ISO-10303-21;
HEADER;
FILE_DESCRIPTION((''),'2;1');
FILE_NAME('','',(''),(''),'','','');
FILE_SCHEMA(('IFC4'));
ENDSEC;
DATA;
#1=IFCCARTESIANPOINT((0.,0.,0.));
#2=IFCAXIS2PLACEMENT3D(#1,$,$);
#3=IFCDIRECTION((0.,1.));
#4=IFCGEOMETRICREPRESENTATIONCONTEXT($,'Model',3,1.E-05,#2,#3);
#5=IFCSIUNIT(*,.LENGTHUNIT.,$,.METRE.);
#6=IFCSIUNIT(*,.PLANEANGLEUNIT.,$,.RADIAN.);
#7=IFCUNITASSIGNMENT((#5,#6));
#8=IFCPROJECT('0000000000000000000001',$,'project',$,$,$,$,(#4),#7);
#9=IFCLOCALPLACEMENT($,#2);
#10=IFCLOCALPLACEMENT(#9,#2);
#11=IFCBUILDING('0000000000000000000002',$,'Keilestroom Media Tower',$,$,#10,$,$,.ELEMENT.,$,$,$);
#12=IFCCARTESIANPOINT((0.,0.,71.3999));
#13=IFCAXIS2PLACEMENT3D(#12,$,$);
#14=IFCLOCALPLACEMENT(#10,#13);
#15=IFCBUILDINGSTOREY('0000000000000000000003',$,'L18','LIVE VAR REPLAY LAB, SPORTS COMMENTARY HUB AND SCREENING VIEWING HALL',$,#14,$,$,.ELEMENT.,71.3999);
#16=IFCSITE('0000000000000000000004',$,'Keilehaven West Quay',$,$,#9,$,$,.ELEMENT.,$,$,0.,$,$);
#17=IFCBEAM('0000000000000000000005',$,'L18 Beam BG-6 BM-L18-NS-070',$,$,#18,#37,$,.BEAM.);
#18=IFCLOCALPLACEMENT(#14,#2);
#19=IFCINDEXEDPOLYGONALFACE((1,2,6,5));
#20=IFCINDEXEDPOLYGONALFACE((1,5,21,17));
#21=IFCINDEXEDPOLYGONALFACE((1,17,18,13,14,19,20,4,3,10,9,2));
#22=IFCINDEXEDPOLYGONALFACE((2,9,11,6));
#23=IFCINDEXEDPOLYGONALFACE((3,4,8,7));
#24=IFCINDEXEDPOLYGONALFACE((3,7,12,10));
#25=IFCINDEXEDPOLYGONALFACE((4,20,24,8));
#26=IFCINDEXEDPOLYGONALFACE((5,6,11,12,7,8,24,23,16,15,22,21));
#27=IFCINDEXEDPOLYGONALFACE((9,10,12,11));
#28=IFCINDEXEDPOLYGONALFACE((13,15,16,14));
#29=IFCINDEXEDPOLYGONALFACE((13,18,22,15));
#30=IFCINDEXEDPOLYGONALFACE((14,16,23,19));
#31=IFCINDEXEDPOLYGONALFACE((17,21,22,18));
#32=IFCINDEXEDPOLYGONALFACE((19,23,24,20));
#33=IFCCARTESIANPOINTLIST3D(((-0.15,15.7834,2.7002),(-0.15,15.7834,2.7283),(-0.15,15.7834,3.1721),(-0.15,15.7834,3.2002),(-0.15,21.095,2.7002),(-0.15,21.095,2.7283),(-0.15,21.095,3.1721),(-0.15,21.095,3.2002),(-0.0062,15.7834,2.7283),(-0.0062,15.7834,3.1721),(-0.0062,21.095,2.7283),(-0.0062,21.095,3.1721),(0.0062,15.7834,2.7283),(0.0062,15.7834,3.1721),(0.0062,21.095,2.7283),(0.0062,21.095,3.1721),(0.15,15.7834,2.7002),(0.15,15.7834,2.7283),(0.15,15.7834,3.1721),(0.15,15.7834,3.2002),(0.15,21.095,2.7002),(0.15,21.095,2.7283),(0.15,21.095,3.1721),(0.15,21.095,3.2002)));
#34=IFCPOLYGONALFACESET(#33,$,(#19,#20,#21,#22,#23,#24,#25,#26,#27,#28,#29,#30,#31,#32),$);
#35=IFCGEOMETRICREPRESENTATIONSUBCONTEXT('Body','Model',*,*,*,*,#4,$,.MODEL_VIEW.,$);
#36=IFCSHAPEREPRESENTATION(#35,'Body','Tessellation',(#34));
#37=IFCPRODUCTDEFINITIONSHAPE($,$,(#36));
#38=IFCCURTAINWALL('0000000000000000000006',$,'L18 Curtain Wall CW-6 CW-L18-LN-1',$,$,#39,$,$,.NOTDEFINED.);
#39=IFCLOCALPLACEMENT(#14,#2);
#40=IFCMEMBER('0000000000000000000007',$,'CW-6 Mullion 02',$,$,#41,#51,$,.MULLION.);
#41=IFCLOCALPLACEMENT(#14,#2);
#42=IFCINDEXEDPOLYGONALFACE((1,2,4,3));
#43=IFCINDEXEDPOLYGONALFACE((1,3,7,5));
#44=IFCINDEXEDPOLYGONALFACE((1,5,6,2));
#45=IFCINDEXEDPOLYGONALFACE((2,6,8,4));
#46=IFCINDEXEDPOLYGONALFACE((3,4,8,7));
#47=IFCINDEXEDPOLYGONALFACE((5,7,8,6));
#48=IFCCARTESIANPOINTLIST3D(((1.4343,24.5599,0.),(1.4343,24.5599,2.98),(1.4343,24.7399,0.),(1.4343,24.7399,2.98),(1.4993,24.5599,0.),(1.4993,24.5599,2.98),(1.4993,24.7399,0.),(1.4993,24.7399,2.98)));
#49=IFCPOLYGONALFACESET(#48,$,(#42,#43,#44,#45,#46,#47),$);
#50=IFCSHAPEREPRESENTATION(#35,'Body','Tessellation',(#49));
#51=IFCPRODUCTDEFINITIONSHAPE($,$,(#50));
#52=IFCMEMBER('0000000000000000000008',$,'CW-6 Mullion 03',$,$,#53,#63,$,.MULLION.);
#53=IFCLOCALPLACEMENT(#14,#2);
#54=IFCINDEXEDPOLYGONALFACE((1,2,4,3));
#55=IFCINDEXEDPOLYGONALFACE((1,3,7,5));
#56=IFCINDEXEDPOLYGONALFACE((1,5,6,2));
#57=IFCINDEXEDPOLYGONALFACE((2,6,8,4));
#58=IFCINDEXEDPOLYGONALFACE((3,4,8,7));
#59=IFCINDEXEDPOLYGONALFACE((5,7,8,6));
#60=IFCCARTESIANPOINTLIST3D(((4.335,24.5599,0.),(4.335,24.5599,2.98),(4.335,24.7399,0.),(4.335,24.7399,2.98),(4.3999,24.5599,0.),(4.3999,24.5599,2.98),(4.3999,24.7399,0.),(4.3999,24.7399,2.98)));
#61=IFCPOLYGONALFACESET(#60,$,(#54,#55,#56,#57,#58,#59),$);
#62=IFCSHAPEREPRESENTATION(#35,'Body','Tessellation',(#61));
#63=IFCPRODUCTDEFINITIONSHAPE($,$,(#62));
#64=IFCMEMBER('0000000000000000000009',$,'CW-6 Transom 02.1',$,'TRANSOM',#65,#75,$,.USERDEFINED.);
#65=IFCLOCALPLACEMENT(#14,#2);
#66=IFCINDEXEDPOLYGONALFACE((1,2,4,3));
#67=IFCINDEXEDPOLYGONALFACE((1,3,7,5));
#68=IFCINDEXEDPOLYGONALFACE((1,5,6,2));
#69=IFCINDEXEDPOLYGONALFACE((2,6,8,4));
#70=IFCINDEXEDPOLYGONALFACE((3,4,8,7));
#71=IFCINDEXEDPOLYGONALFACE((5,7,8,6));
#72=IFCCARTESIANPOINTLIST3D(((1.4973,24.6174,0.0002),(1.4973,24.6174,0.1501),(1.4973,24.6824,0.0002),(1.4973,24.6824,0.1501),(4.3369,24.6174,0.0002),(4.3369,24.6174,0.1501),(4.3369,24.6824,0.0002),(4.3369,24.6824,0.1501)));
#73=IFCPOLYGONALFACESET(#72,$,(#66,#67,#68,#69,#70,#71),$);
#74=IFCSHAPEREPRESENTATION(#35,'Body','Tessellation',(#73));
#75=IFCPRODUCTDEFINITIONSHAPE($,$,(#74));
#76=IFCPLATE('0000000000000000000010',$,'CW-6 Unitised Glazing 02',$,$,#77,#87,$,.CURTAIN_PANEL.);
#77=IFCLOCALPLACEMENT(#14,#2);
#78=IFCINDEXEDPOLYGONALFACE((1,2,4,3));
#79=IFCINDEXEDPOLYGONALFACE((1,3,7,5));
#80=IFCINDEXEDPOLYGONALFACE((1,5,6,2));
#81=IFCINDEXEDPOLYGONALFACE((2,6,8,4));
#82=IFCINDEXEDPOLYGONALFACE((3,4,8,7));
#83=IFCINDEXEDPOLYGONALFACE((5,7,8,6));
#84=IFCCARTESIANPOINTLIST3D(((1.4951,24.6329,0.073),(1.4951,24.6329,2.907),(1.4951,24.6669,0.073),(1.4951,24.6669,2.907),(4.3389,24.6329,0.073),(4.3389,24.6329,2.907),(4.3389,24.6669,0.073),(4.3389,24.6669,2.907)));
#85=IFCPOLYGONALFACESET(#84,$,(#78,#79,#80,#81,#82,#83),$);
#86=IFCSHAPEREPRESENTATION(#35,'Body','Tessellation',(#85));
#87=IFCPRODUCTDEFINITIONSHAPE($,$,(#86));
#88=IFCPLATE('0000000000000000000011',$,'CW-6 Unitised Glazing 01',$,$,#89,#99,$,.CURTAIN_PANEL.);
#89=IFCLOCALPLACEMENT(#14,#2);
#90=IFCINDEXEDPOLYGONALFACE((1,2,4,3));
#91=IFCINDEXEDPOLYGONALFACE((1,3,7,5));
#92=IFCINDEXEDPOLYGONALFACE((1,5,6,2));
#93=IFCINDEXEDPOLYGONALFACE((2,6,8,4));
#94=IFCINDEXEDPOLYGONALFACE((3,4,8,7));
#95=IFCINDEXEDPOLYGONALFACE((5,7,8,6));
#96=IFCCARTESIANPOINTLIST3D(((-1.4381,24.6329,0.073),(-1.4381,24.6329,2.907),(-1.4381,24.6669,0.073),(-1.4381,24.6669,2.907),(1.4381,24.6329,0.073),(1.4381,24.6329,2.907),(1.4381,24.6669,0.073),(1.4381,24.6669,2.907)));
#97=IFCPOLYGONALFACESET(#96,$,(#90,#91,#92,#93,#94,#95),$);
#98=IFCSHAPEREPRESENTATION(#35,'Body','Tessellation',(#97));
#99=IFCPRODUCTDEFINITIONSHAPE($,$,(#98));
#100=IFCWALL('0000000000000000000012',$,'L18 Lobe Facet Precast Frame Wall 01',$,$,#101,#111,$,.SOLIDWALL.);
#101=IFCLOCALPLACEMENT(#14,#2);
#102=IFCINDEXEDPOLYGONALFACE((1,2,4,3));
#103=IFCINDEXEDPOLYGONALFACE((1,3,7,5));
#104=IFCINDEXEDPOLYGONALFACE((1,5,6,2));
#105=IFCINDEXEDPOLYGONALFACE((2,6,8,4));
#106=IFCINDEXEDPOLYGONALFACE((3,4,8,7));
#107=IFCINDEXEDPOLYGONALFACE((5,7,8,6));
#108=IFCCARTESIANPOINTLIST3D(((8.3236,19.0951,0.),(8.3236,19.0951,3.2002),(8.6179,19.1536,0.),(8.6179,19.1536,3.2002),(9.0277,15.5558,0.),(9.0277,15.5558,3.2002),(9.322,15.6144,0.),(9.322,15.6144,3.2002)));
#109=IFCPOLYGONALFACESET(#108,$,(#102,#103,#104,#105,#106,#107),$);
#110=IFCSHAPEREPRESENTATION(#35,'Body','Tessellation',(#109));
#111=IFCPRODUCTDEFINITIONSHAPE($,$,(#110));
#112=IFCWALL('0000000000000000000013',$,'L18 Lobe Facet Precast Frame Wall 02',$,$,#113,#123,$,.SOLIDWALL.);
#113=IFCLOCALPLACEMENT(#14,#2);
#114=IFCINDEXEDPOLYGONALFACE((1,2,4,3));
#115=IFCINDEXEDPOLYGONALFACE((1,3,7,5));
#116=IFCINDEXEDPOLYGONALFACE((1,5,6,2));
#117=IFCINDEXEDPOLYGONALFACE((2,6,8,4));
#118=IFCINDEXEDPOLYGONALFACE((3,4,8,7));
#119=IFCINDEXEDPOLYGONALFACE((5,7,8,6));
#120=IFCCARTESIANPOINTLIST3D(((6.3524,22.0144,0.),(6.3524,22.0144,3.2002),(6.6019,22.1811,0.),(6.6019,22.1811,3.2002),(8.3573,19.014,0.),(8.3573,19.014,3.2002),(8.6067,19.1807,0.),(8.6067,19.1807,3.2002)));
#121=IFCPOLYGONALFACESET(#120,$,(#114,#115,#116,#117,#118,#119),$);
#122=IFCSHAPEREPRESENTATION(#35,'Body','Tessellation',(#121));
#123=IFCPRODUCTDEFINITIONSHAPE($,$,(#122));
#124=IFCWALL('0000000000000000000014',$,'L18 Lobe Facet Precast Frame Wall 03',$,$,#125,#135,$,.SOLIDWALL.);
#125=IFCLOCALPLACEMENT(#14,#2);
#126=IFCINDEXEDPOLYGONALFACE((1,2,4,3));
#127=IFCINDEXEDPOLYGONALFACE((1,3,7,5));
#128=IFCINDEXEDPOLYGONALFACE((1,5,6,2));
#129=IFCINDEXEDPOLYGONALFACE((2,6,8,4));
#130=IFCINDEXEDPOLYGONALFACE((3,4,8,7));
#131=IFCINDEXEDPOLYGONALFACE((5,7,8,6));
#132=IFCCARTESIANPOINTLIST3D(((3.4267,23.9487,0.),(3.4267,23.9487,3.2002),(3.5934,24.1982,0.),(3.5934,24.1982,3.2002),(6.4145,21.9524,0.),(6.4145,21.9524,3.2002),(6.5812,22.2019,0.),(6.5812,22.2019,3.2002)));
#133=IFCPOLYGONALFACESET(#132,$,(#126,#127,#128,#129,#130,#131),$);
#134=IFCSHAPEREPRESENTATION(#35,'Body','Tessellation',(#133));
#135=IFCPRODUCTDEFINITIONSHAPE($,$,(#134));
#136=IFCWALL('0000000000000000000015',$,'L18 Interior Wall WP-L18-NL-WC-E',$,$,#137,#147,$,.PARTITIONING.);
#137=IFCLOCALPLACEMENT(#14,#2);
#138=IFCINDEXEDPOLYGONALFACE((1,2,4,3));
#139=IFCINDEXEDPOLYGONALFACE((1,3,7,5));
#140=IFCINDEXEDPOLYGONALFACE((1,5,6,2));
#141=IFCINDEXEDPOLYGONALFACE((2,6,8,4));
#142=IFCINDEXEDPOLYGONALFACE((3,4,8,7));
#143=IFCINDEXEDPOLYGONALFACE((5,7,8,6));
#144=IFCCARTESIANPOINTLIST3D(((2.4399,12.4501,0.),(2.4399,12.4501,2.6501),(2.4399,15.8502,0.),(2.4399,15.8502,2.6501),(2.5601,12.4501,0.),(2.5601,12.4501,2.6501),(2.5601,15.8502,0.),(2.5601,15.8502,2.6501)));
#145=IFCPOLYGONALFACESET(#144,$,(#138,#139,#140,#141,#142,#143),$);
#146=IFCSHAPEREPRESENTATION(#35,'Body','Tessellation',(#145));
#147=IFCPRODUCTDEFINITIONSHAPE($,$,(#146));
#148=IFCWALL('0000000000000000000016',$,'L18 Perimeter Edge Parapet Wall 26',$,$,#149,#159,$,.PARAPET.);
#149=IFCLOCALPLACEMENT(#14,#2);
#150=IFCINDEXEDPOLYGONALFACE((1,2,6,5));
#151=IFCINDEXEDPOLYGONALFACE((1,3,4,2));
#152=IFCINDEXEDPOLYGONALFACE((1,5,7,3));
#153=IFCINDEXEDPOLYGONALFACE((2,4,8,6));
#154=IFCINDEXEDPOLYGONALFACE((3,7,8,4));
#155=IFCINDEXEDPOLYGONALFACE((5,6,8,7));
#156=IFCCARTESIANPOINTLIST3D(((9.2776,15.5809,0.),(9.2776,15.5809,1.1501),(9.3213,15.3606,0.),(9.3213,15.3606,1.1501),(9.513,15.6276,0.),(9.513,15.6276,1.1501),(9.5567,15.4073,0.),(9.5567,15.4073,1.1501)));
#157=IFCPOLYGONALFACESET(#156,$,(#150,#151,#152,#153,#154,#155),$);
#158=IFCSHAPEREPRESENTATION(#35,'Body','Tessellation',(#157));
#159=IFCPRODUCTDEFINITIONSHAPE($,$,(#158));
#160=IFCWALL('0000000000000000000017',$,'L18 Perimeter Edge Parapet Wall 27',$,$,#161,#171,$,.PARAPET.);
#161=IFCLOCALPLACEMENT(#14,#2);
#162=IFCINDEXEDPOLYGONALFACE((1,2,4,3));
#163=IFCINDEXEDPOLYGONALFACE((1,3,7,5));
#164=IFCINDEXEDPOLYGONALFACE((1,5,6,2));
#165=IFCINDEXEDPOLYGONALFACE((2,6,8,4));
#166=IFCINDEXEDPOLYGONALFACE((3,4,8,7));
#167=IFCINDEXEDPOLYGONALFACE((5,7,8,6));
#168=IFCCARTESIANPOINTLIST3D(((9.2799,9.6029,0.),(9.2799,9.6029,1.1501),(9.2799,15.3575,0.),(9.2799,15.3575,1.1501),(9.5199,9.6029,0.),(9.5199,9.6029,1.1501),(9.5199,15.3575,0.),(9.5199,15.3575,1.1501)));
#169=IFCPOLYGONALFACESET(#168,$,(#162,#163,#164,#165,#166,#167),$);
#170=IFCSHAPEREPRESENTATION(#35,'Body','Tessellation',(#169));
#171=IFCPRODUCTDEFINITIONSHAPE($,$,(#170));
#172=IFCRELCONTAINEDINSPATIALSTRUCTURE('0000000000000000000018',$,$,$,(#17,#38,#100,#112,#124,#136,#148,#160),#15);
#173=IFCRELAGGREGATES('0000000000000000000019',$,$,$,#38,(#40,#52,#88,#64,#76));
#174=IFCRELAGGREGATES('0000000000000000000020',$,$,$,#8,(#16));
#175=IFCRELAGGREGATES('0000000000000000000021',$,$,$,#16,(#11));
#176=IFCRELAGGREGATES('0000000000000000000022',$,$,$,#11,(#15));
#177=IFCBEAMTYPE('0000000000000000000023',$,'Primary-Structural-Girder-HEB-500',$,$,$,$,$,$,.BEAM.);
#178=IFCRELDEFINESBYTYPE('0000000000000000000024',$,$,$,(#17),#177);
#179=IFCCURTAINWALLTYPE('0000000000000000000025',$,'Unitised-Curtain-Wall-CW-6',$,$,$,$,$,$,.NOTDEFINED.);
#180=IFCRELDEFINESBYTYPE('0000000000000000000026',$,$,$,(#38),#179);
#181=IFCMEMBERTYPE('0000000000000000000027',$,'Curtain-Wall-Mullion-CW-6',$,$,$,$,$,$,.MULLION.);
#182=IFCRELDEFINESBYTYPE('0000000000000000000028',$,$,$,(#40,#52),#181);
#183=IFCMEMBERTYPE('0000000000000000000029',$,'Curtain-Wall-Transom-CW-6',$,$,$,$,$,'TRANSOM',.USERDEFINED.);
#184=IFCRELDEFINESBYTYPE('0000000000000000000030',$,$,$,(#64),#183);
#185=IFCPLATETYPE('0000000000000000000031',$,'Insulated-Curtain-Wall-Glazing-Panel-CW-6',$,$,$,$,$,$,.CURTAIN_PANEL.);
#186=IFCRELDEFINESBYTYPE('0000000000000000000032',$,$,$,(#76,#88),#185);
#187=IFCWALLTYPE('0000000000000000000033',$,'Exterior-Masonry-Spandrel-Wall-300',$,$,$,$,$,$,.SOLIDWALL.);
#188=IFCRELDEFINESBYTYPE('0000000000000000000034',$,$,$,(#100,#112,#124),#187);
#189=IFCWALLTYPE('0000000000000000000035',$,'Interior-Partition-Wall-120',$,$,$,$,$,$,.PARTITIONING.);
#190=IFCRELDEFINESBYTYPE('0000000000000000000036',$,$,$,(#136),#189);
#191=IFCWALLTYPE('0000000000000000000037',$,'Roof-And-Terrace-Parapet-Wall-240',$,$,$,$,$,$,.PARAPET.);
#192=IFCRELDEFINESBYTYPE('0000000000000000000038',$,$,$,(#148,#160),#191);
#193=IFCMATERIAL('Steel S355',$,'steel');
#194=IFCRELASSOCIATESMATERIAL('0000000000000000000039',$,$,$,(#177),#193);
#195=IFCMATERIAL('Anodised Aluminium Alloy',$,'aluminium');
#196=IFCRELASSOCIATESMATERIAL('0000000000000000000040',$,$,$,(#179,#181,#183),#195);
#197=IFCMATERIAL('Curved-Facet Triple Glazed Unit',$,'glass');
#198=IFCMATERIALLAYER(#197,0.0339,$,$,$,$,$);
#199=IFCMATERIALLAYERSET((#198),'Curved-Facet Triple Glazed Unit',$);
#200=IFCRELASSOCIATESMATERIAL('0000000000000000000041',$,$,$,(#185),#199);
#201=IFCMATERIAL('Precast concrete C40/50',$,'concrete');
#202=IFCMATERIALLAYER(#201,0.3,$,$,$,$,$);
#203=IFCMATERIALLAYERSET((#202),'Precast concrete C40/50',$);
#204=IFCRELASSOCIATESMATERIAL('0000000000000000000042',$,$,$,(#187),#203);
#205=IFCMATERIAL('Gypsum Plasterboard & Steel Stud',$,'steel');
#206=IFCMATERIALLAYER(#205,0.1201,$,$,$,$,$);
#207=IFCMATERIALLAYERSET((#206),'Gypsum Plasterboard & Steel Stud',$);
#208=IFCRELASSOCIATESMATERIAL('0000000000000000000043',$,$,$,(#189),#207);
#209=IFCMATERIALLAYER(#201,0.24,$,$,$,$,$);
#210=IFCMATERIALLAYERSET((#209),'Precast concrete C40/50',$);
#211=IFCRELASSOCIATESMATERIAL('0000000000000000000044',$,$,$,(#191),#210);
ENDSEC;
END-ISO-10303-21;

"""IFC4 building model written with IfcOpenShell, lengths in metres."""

from ifc_helpers import new_model, si_unit, direction, frame, frame_2d, origin, origin_2d, place, context, subcontext, project, spatial, rectangle, i_section, extrude, source, transform, mapped, material, layer, layer_set, material_profile, profile_set, type_object, element, aggregate, save


model = new_model("IFC4")

# Units and contexts
model_context = context("Model", 3, precision=1e-05, world=origin(), true_north=direction((0.0, 1.0)))
body_context = subcontext(model_context, "Body", "Model", "MODEL_VIEW")
ifc_project = project(units=[si_unit("LENGTHUNIT", "METRE"), si_unit("PLANEANGLEUNIT", "RADIAN")], contexts=[model_context])

# Site, building, storey
site_placement = place(None, origin())
site = spatial("IfcSite", under=ifc_project, at=site_placement, Name="Keilehaven West Quay", CompositionType="ELEMENT", RefElevation=0.0)
building_placement = place(site_placement, origin())
building = spatial("IfcBuilding", under=site, at=building_placement, Name="Keilestroom Media Tower", CompositionType="ELEMENT")
storey_placement = place(building_placement, frame((0.0, 0.0, 71.3999)))
storey = spatial("IfcBuildingStorey", under=building, at=storey_placement, Name="L18", Description="LIVE VAR REPLAY LAB, SPORTS COMMENTARY HUB AND SCREENING VIEWING HALL", CompositionType="ELEMENT", Elevation=71.3999)

# Beam
ifc_material_1 = material(Name="Steel S355", Category="steel")
ifc_material_profile_1 = material_profile(ifc_material_1, i_section(OverallWidth=0.3, OverallDepth=0.5, WebThickness=0.0125, FlangeThickness=0.0281, at=origin_2d()), Name="HEB 500")
ifc_profile_set_1 = profile_set([ifc_material_profile_1], Name="Steel S355")
beam_type_1 = type_object("IfcBeamType", Name="Primary-Structural-Girder-HEB-500", PredefinedType="BEAM", material=ifc_profile_set_1)
shared_shape_1 = source(origin(), body_context, "Body", "SweptSolid", [
    extrude(i_section(OverallWidth=0.3, OverallDepth=0.5, WebThickness=0.0125, FlangeThickness=0.0281, at=origin_2d()), origin(), (0.0, 0.0, 1.0), 5.3115),
])
beam_1_placement = place(storey_placement, frame((0.0, 15.7834, 2.9502), z_axis=(0.0, 1.0, 0.0), x_axis=(-1.0, 0.0, 0.0)))
element("IfcBeam", 1, at=beam_1_placement, inside=storey, type_object=beam_type_1, Name="L18 Beam BG-6 BM-L18-NS-070", PredefinedType="BEAM", context=body_context, shape_type="MappedRepresentation", body=[
    mapped(shared_shape_1, transform((0.0, 0.0, 0.0), x_axis=(1.0, 0.0, 0.0), y_axis=(0.0, 1.0, 0.0), z_axis=(0.0, 0.0, 1.0), scale=1.0)),
])

# Curtain wall, members, plates
ifc_material_2 = material(Name="Anodised Aluminium Alloy", Category="aluminium")
curtain_wall_type = type_object("IfcCurtainWallType", Name="Unitised-Curtain-Wall-CW-6", PredefinedType="NOTDEFINED", material=ifc_material_2)
curtain_wall_placement = place(storey_placement, origin())
curtain_wall = element("IfcCurtainWall", 2, at=curtain_wall_placement, inside=storey, type_object=curtain_wall_type, Name="L18 Curtain Wall CW-6 CW-L18-LN-1", PredefinedType="NOTDEFINED")
ifc_material_profile_2 = material_profile(ifc_material_2, rectangle(XDim=0.0649, YDim=0.1799, at=origin_2d()), Name="ALU MULLION 65x180")
ifc_profile_set_2 = profile_set([ifc_material_profile_2], Name="Anodised Aluminium Alloy")
member_type_1 = type_object("IfcMemberType", Name="Curtain-Wall-Mullion-CW-6", PredefinedType="MULLION", material=ifc_profile_set_2)
shared_shape_2 = source(origin(), body_context, "Body", "SweptSolid", [
    extrude(rectangle(XDim=0.0649, YDim=0.1799, at=origin_2d()), origin(), (0.0, 0.0, 1.0), 2.98),
])
member_1_placement = place(storey_placement, frame((1.4668, 24.6499, 0.0), z_axis=(0.0, 0.0, 1.0), x_axis=(1.0, 0.0, 0.0)))
member_1 = element("IfcMember", 3, at=member_1_placement, type_object=member_type_1, Name="CW-6 Mullion 02", PredefinedType="MULLION", context=body_context, shape_type="MappedRepresentation", body=[
    mapped(shared_shape_2, transform((0.0, 0.0, 0.0), x_axis=(1.0, 0.0, 0.0), y_axis=(0.0, 1.0, 0.0), z_axis=(0.0, 0.0, 1.0), scale=1.0)),
])
member_2_placement = place(storey_placement, frame((4.3674, 24.6499, 0.0), z_axis=(0.0, 0.0, 1.0), x_axis=(1.0, 0.0, 0.0)))
member_2 = element("IfcMember", 4, at=member_2_placement, type_object=member_type_1, Name="CW-6 Mullion 03", PredefinedType="MULLION", context=body_context, shape_type="MappedRepresentation", body=[
    mapped(shared_shape_2, transform((0.0, 0.0, 0.0), x_axis=(1.0, 0.0, 0.0), y_axis=(0.0, 1.0, 0.0), z_axis=(0.0, 0.0, 1.0), scale=1.0)),
])
ifc_material_profile_3 = material_profile(ifc_material_2, rectangle(XDim=0.0649, YDim=0.1499, at=origin_2d()), Name="ALU TRANSOM 65x150")
ifc_profile_set_3 = profile_set([ifc_material_profile_3], Name="Anodised Aluminium Alloy")
member_type_2 = type_object("IfcMemberType", Name="Curtain-Wall-Transom-CW-6", ElementType="TRANSOM", PredefinedType="USERDEFINED", material=ifc_profile_set_3)
shared_shape_3 = source(origin(), body_context, "Body", "SweptSolid", [
    extrude(rectangle(XDim=0.0649, YDim=0.1499, at=origin_2d()), origin(), (0.0, 0.0, 1.0), 2.8396),
])
member_3_placement = place(storey_placement, frame((1.4973, 24.6499, 0.0752), z_axis=(1.0, 0.0, 0.0), x_axis=(0.0, 1.0, 0.0)))
member_3 = element("IfcMember", 5, at=member_3_placement, type_object=member_type_2, Name="CW-6 Transom 02.1", ObjectType="TRANSOM", PredefinedType="USERDEFINED", context=body_context, shape_type="MappedRepresentation", body=[
    mapped(shared_shape_3, transform((0.0, 0.0, 0.0), x_axis=(1.0, 0.0, 0.0), y_axis=(0.0, 1.0, 0.0), z_axis=(0.0, 0.0, 1.0), scale=1.0)),
])
ifc_material_3 = material(Name="Curved-Facet Triple Glazed Unit", Category="glass")
ifc_layer_1 = layer(ifc_material_3, 0.0339)
ifc_layer_set_1 = layer_set([ifc_layer_1], Name="Curved-Facet Triple Glazed Unit")
plate_type = type_object("IfcPlateType", Name="Insulated-Curtain-Wall-Glazing-Panel-CW-6", PredefinedType="CURTAIN_PANEL", material=ifc_layer_set_1)
shared_shape_4 = source(origin(), body_context, "Body", "SweptSolid", [
    extrude(rectangle(XDim=2.8438, YDim=0.0339, at=origin_2d()), origin(), (0.0, 0.0, 1.0), 2.834),
])
plate_1_placement = place(storey_placement, frame((2.917, 24.6499, 0.073), z_axis=(0.0, 0.0, 1.0), x_axis=(1.0, 0.0, 0.0)))
plate_1 = element("IfcPlate", 6, at=plate_1_placement, type_object=plate_type, Name="CW-6 Unitised Glazing 02", PredefinedType="CURTAIN_PANEL", context=body_context, shape_type="MappedRepresentation", body=[
    mapped(shared_shape_4, transform((0.0, 0.0, 0.0), x_axis=(1.0, 0.0, 0.0), y_axis=(0.0, 1.0, 0.0), z_axis=(0.0, 0.0, 1.0), scale=1.0)),
])
shared_shape_5 = source(origin(), body_context, "Body", "SweptSolid", [
    extrude(rectangle(XDim=2.8762, YDim=0.0339, at=origin_2d()), origin(), (0.0, 0.0, 1.0), 2.834),
])
plate_2_placement = place(storey_placement, frame((0.0, 24.6499, 0.073), z_axis=(0.0, 0.0, 1.0), x_axis=(1.0, 0.0, 0.0)))
plate_2 = element("IfcPlate", 7, at=plate_2_placement, type_object=plate_type, Name="CW-6 Unitised Glazing 01", PredefinedType="CURTAIN_PANEL", context=body_context, shape_type="MappedRepresentation", body=[
    mapped(shared_shape_5, transform((0.0, 0.0, 0.0), x_axis=(1.0, 0.0, 0.0), y_axis=(0.0, 1.0, 0.0), z_axis=(0.0, 0.0, 1.0), scale=1.0)),
])
aggregate(curtain_wall, [member_1, member_2, plate_2, member_3, plate_1])

# Walls
ifc_material_4 = material(Name="Precast concrete C40/50", Category="concrete")
ifc_layer_2 = layer(ifc_material_4, 0.3)
ifc_layer_set_2 = layer_set([ifc_layer_2], Name="Precast concrete C40/50")
wall_type_1 = type_object("IfcWallType", Name="Exterior-Masonry-Spandrel-Wall-300", PredefinedType="SOLIDWALL", material=ifc_layer_set_2)
for number, where, z_axis, x_axis, name in (
    (8, (9.1748, 15.5852, 0.0), (0.0, 0.0, 1.0), (-0.195114, 0.980781, 0.0), "L18 Lobe Facet Precast Frame Wall 01"),
    (9, (8.4819, 19.0974, 0.0), (0.0, 0.0, 1.0), (-0.555574, 0.831467, 0.0), "L18 Lobe Facet Precast Frame Wall 02"),
):
    element("IfcWall", number, at=place(storey_placement, frame(where, z_axis=z_axis, x_axis=x_axis)), inside=storey, type_object=wall_type_1, Name=name, PredefinedType="SOLIDWALL", context=body_context, shape_type="SweptSolid", body=[
        extrude(rectangle(XDim=3.6086, YDim=0.3, at=frame_2d((1.8042, 0.0))), origin(), (0.0, 0.0, 1.0), 3.2002),
    ])
wall_1_placement = place(storey_placement, frame((6.4978, 22.0771, 0.0), z_axis=(0.0, 0.0, 1.0), x_axis=(-0.831475, 0.555562, 0.0)))
element("IfcWall", 10, at=wall_1_placement, inside=storey, type_object=wall_type_1, Name="L18 Lobe Facet Precast Frame Wall 03", PredefinedType="SOLIDWALL", context=body_context, shape_type="SweptSolid", body=[
    extrude(rectangle(XDim=3.5933, YDim=0.3, at=frame_2d((1.7966, 0.0))), origin(), (0.0, 0.0, 1.0), 3.2002),
])
ifc_material_5 = material(Name="Gypsum Plasterboard & Steel Stud", Category="steel")
ifc_layer_3 = layer(ifc_material_5, 0.1201)
ifc_layer_set_3 = layer_set([ifc_layer_3], Name="Gypsum Plasterboard & Steel Stud")
wall_type_2 = type_object("IfcWallType", Name="Interior-Partition-Wall-120", PredefinedType="PARTITIONING", material=ifc_layer_set_3)
wall_2_placement = place(storey_placement, frame((2.5, 12.45, 0.0), z_axis=(0.0, 0.0, 1.0), x_axis=(0.0, 1.0, 0.0)))
element("IfcWall", 11, at=wall_2_placement, inside=storey, type_object=wall_type_2, Name="L18 Interior Wall WP-L18-NL-WC-E", PredefinedType="PARTITIONING", context=body_context, shape_type="SweptSolid", body=[
    extrude(rectangle(XDim=3.4001, YDim=0.1201, at=frame_2d((1.7002, 0.0))), origin(), (0.0, 0.0, 1.0), 2.6501),
])
ifc_layer_4 = layer(ifc_material_4, 0.24)
ifc_layer_set_4 = layer_set([ifc_layer_4], Name="Precast concrete C40/50")
wall_type_3 = type_object("IfcWallType", Name="Roof-And-Terrace-Parapet-Wall-240", PredefinedType="PARAPET", material=ifc_layer_set_4)
wall_3_placement = place(storey_placement, frame((9.3953, 15.6042, 0.0), z_axis=(0.0, 0.0, 1.0), x_axis=(0.194652, -0.980872, 0.0)))
element("IfcWall", 12, at=wall_3_placement, inside=storey, type_object=wall_type_3, Name="L18 Perimeter Edge Parapet Wall 26", PredefinedType="PARAPET", context=body_context, shape_type="SweptSolid", body=[
    extrude(rectangle(XDim=0.2246, YDim=0.24, at=frame_2d((0.1123, 0.0))), origin(), (0.0, 0.0, 1.0), 1.1501),
])
wall_4_placement = place(storey_placement, frame((9.3999, 15.3577, 0.0), z_axis=(0.0, 0.0, 1.0), x_axis=(0.0, -1.0, 0.0)))
element("IfcWall", 13, at=wall_4_placement, inside=storey, type_object=wall_type_3, Name="L18 Perimeter Edge Parapet Wall 27", PredefinedType="PARAPET", context=body_context, shape_type="SweptSolid", body=[
    extrude(rectangle(XDim=5.7546, YDim=0.24, at=frame_2d((2.8774, 0.0))), origin(), (0.0, 0.0, 1.0), 1.1501),
])

save(model, "model.ifc")
